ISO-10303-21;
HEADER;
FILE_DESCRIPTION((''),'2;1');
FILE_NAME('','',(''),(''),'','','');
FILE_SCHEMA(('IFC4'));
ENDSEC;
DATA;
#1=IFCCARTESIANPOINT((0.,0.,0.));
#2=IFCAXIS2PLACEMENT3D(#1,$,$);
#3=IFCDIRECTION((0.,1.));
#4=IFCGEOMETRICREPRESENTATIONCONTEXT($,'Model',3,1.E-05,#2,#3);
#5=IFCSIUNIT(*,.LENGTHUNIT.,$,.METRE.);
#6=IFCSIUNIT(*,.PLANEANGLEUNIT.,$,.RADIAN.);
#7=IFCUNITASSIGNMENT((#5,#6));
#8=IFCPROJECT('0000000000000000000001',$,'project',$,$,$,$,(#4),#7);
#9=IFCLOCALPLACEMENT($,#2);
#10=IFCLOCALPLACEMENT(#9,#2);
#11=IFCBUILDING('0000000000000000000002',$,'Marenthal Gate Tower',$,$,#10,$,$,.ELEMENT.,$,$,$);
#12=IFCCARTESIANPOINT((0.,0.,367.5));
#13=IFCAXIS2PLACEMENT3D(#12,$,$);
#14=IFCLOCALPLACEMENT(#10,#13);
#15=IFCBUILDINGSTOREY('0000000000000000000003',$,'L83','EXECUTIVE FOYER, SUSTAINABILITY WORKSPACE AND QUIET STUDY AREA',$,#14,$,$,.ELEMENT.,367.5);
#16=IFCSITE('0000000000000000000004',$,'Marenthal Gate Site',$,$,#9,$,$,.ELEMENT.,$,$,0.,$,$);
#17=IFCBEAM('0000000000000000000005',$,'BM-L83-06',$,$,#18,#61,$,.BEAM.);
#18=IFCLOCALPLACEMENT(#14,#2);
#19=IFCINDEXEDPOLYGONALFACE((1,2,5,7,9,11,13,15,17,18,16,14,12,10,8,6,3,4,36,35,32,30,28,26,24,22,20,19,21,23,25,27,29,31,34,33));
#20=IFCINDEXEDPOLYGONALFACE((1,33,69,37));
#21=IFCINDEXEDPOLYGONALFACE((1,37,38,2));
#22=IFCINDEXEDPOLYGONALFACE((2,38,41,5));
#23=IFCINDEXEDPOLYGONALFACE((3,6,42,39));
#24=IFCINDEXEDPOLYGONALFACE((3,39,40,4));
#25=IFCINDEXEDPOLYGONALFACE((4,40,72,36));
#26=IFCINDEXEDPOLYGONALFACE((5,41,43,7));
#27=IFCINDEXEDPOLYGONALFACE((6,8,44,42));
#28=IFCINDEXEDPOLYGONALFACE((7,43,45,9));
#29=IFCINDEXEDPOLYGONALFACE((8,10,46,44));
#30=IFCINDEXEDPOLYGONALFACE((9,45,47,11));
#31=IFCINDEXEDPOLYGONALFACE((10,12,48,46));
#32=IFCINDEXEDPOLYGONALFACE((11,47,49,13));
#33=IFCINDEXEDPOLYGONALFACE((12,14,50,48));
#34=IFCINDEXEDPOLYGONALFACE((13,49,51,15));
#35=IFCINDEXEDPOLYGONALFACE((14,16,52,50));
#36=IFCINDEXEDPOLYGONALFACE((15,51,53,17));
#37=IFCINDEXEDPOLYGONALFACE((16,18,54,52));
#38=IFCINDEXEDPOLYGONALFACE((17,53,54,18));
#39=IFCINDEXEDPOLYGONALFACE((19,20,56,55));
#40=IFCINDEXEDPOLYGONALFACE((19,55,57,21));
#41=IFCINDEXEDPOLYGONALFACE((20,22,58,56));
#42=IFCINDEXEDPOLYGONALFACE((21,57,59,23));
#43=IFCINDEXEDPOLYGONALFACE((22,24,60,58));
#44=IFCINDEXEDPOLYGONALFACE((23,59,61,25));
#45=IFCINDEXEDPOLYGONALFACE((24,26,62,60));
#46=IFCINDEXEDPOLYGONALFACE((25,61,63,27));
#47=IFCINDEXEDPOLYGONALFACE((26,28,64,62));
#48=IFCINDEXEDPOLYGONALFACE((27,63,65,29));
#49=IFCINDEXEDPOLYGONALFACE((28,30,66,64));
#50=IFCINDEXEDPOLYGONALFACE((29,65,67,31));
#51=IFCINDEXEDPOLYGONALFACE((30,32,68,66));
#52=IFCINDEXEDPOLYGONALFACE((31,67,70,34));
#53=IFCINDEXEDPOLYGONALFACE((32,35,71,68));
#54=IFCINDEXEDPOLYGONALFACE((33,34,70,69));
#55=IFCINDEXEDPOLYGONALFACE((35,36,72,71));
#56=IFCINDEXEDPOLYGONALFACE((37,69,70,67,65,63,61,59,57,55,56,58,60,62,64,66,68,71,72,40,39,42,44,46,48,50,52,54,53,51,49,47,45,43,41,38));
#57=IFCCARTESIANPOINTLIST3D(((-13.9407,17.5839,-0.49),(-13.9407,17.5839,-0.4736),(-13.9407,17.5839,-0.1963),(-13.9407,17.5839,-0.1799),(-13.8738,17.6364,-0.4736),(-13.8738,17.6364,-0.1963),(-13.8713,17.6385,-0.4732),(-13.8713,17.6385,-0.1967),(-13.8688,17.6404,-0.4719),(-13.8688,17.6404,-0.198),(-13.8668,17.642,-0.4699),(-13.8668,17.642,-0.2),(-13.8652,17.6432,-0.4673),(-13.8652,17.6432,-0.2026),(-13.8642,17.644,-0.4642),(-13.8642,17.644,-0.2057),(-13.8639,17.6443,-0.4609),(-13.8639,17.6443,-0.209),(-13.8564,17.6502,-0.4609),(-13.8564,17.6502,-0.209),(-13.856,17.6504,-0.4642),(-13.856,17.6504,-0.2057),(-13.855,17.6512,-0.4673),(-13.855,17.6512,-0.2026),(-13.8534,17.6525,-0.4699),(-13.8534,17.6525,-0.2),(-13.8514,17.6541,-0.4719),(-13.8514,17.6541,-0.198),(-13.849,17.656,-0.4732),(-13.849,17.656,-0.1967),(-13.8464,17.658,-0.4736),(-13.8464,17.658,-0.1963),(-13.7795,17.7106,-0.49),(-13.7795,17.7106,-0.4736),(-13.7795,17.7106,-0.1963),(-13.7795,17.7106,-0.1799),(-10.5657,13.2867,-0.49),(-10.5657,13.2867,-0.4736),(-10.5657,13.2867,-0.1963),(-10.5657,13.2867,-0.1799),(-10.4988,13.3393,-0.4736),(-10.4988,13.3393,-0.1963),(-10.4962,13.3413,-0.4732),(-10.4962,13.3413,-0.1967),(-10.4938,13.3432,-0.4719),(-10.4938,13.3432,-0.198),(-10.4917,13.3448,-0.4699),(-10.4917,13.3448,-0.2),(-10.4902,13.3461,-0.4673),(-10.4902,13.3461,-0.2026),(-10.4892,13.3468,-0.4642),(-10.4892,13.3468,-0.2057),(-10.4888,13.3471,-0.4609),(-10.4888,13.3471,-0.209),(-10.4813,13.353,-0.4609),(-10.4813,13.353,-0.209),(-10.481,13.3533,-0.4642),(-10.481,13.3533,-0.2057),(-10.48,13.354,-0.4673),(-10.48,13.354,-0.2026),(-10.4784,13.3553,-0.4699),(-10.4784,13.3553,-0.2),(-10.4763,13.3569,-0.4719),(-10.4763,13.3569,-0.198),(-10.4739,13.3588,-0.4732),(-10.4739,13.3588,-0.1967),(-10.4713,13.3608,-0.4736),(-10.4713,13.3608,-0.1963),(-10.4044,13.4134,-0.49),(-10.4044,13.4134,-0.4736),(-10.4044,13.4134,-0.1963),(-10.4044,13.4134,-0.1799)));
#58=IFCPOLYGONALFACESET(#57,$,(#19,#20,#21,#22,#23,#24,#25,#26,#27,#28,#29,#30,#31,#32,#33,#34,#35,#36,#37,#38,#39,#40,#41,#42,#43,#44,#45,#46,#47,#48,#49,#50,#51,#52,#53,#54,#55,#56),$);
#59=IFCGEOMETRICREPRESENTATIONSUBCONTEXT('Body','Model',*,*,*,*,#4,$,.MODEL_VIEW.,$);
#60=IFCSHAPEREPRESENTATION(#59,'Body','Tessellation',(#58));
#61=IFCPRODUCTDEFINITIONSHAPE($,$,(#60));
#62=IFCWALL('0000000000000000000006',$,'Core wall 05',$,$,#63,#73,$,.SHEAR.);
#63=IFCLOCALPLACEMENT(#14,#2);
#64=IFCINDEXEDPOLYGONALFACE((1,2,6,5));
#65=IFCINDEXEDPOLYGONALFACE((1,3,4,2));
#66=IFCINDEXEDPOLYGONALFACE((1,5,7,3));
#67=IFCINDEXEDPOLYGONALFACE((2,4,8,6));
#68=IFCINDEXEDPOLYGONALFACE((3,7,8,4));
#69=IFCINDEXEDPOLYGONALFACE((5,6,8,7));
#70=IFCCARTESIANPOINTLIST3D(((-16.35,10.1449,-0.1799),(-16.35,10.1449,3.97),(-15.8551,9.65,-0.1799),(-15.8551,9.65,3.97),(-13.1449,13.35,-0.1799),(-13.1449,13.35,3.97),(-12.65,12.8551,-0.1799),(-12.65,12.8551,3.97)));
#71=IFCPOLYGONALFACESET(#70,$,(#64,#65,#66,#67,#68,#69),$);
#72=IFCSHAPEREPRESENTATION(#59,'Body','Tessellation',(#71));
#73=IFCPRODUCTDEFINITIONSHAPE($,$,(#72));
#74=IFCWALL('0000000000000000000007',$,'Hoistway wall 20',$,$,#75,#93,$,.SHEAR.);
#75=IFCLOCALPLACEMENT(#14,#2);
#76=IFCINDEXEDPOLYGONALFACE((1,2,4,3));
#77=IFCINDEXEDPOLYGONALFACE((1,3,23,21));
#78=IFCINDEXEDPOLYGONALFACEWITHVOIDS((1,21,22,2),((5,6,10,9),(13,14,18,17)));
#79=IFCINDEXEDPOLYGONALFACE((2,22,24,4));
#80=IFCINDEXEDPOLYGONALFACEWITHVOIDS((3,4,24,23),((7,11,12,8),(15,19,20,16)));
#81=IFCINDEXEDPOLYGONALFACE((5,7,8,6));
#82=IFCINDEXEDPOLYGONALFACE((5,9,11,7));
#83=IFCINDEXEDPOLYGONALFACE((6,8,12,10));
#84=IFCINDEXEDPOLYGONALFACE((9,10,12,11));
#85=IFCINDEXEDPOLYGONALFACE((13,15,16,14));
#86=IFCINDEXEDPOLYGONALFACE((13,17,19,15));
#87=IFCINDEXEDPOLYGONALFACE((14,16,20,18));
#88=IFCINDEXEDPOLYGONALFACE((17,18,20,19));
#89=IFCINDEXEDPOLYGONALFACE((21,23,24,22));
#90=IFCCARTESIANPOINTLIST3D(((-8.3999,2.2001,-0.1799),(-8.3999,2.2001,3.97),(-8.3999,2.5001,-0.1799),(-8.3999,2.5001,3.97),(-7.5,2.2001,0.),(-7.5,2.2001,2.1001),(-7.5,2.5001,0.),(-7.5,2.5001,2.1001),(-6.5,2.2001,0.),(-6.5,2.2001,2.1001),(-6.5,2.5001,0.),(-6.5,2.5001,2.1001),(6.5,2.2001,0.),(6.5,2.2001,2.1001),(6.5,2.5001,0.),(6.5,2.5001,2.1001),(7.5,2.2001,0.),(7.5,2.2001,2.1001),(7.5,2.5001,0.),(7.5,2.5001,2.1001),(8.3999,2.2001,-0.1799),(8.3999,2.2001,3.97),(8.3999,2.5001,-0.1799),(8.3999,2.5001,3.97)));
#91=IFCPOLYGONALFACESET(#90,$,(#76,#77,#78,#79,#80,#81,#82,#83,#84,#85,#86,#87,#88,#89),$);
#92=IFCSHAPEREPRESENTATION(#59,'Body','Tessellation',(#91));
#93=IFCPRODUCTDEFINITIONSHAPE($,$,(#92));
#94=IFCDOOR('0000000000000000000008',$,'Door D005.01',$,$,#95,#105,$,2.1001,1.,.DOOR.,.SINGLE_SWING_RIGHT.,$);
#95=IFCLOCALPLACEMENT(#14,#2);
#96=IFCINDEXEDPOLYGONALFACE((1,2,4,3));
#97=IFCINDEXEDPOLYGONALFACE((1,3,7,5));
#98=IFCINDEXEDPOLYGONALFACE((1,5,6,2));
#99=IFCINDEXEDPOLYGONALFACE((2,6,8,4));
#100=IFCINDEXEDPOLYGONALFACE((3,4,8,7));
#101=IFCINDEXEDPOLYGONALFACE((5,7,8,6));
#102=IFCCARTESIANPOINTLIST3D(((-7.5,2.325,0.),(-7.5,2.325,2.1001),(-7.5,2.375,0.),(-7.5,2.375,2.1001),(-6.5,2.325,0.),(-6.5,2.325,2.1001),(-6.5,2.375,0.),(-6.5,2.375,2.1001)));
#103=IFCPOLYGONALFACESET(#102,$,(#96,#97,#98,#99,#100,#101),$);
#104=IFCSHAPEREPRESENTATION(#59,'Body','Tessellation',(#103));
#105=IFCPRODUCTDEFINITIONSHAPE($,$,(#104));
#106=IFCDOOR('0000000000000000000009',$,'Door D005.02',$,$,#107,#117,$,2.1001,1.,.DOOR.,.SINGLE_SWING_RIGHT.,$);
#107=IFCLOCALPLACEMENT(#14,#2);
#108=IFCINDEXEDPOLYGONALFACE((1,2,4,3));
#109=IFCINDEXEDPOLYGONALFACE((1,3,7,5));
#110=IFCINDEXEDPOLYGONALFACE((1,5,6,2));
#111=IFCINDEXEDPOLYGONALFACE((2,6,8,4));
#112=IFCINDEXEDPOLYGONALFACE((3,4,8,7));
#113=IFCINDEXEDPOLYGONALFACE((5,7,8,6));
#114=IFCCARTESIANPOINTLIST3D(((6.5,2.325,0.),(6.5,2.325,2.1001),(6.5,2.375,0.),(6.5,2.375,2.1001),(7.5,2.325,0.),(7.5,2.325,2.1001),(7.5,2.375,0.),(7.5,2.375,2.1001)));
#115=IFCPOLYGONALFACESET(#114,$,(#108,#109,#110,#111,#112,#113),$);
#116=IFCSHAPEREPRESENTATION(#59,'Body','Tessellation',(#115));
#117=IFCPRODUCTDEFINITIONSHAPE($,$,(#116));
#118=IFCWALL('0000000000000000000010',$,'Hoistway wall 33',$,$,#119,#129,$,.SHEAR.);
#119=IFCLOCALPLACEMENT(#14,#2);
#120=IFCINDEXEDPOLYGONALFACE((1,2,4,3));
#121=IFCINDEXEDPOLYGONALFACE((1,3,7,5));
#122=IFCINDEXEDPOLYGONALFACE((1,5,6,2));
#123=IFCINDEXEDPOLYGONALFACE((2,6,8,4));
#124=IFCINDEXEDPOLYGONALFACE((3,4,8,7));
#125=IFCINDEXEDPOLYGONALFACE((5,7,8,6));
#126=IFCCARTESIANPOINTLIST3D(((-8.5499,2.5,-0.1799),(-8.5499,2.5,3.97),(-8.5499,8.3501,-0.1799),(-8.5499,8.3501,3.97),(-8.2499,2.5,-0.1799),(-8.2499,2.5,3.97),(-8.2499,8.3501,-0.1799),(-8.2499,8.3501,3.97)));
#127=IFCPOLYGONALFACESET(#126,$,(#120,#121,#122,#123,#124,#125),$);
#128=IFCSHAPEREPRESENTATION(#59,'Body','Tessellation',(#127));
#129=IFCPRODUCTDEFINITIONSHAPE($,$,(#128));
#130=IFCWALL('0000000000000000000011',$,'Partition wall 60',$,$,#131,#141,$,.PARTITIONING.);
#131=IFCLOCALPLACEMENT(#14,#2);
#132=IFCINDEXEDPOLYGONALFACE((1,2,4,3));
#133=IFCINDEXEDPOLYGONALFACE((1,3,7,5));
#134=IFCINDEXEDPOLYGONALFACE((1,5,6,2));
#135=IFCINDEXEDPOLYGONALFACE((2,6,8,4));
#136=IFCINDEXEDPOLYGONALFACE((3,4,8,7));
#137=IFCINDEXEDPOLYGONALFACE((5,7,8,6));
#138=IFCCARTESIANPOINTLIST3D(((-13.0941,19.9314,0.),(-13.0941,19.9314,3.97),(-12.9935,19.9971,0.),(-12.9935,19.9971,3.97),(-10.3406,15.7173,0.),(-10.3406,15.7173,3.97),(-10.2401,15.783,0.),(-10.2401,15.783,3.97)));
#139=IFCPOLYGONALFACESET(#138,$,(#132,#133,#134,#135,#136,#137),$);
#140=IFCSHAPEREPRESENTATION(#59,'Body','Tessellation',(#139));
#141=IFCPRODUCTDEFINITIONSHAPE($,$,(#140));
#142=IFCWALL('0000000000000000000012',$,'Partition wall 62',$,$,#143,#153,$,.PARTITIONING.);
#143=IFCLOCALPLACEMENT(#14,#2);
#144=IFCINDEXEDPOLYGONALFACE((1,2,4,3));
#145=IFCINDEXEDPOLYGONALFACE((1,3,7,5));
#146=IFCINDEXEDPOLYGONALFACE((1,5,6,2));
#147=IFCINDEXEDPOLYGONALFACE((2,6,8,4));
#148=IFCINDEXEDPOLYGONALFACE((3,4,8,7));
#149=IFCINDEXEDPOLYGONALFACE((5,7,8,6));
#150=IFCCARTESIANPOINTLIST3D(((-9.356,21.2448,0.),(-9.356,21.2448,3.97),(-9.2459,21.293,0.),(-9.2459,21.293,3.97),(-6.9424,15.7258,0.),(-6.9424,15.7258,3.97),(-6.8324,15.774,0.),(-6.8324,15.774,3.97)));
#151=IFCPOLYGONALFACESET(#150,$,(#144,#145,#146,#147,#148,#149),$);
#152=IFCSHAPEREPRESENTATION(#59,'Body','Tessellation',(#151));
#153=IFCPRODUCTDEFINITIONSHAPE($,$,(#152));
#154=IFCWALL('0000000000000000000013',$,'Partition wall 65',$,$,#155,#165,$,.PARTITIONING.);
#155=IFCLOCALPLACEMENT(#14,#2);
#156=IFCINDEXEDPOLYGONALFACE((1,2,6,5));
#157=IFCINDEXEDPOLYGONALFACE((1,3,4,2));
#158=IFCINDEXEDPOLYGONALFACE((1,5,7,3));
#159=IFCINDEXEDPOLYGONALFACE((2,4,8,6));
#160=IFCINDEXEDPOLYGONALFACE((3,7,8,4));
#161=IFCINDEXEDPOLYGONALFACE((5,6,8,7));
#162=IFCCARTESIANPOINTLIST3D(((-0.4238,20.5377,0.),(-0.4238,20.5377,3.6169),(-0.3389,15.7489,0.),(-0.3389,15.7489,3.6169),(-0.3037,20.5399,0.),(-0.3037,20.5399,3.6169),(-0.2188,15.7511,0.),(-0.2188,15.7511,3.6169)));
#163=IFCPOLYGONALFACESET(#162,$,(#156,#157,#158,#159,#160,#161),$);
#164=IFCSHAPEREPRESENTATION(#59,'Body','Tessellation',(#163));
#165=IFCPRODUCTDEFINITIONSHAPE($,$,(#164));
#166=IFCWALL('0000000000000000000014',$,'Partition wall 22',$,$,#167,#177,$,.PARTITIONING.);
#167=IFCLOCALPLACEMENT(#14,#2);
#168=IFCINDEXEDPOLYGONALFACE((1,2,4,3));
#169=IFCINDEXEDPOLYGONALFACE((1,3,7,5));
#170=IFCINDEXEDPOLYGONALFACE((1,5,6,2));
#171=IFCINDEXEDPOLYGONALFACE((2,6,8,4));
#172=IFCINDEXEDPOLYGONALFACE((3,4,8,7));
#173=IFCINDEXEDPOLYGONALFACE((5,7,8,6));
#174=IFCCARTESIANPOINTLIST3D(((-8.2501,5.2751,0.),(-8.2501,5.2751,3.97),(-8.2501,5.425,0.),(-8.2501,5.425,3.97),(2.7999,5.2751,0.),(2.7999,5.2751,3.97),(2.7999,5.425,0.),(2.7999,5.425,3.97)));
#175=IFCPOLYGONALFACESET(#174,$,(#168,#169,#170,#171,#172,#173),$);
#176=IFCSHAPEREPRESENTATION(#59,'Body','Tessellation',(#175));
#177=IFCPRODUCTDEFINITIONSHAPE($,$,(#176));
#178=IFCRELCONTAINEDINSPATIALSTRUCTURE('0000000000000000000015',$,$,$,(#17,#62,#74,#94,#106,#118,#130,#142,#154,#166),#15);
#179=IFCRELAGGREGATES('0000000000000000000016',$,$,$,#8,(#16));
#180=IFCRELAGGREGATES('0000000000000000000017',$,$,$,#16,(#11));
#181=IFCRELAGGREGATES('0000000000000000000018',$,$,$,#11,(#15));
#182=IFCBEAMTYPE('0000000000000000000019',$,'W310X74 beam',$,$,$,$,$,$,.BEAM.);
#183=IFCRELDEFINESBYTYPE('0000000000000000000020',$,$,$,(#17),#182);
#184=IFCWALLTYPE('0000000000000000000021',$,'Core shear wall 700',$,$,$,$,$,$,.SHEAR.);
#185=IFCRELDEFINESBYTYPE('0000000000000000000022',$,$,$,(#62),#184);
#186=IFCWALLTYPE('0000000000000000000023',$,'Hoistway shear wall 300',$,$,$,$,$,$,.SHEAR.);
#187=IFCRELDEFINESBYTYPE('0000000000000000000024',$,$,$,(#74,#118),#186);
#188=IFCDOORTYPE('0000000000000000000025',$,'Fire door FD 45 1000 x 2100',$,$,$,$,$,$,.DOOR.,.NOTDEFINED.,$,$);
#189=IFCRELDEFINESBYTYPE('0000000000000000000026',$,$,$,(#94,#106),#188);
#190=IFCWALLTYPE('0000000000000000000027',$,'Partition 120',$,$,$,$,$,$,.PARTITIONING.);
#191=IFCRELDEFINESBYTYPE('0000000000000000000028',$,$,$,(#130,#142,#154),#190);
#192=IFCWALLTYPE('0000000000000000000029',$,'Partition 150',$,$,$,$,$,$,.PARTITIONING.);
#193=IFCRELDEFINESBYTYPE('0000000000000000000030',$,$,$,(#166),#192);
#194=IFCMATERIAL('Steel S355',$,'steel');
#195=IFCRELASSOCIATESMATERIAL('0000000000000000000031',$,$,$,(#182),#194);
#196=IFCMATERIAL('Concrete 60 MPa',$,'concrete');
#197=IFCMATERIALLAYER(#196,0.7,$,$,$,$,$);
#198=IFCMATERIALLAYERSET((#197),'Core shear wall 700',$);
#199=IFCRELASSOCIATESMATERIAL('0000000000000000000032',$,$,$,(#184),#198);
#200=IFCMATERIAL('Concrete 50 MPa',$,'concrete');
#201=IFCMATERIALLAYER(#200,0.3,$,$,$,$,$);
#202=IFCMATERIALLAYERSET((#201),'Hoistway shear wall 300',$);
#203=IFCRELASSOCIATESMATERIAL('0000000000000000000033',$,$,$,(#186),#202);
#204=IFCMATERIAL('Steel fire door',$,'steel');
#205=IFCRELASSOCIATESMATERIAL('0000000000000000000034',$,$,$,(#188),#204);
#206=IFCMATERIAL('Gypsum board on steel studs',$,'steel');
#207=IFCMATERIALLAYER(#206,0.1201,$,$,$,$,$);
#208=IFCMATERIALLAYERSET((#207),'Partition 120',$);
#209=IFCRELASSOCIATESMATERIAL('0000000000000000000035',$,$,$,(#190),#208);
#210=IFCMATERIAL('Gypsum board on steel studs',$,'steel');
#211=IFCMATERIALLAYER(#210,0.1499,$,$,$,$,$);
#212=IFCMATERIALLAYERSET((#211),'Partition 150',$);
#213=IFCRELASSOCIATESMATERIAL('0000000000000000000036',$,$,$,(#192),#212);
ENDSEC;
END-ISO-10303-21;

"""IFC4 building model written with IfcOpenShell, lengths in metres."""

from ifc_helpers import new_model, si_unit, direction, frame, frame_2d, origin, origin_2d, place, context, subcontext, project, spatial, rectangle, i_section, extrude, material, layer, layer_set, material_profile, profile_set, type_object, element, fill, save


model = new_model("IFC4")

# Units and contexts
model_context = context("Model", 3, precision=1e-05, world=origin(), true_north=direction((0.0, 1.0)))
body_context = subcontext(model_context, "Body", "Model", "MODEL_VIEW")
ifc_project = project(units=[si_unit("LENGTHUNIT", "METRE"), si_unit("PLANEANGLEUNIT", "RADIAN")], contexts=[model_context])

# Site, building, storey
site_placement = place(None, origin())
site = spatial("IfcSite", under=ifc_project, at=site_placement, Name="Marenthal Gate Site", CompositionType="ELEMENT", RefElevation=0.0)
building_placement = place(site_placement, origin())
building = spatial("IfcBuilding", under=site, at=building_placement, Name="Marenthal Gate Tower", CompositionType="ELEMENT")
storey_placement = place(building_placement, frame((0.0, 0.0, 367.5)))
storey = spatial("IfcBuildingStorey", under=building, at=storey_placement, Name="L83", Description="EXECUTIVE FOYER, SUSTAINABILITY WORKSPACE AND QUIET STUDY AREA", CompositionType="ELEMENT", Elevation=367.5)

# Beam
ifc_material_1 = material(Name="Steel S355", Category="steel")
ifc_material_profile = material_profile(ifc_material_1, i_section(OverallWidth=0.2051, OverallDepth=0.3101, WebThickness=0.0095, FlangeThickness=0.0164, FilletRadius=0.0127, at=origin_2d()), Name="W310X74")
ifc_profile_set = profile_set([ifc_material_profile], Name="Steel S355")
beam_type = type_object("IfcBeamType", Name="W310X74 beam", PredefinedType="BEAM", material=ifc_profile_set)
beam_placement = place(storey_placement, frame((-13.8601, 17.6472, -0.335), z_axis=(0.617674, -0.786435, 0.0), x_axis=(0.786435, 0.617674, 0.0)))
element("IfcBeam", 1, at=beam_placement, inside=storey, type_object=beam_type, Name="BM-L83-06", PredefinedType="BEAM", context=body_context, shape_type="SweptSolid", body=[
    extrude(i_section(OverallWidth=0.2051, OverallDepth=0.3101, WebThickness=0.0095, FlangeThickness=0.0164, FilletRadius=0.0127, at=origin_2d()), origin(), (0.0, 0.0, 1.0), 5.4641),
])

# Wall
ifc_material_2 = material(Name="Concrete 60 MPa", Category="concrete")
ifc_layer_1 = layer(ifc_material_2, 0.7)
ifc_layer_set_1 = layer_set([ifc_layer_1], Name="Core shear wall 700")
wall_type_1 = type_object("IfcWallType", Name="Core shear wall 700", PredefinedType="SHEAR", material=ifc_layer_set_1)
wall_1_placement = place(storey_placement, frame((-12.8975, 13.1025, -0.1799), z_axis=(0.0, 0.0, 1.0), x_axis=(-0.707107, -0.707107, 0.0)))
element("IfcWall", 2, at=wall_1_placement, inside=storey, type_object=wall_type_1, Name="Core wall 05", PredefinedType="SHEAR", context=body_context, shape_type="SweptSolid", body=[
    extrude(rectangle(XDim=4.5327, YDim=0.7, at=frame_2d((2.2664, 0.0))), origin(), (0.0, 0.0, 1.0), 4.1499),
])

# Wall, openings, doors
ifc_material_3 = material(Name="Concrete 50 MPa", Category="concrete")
ifc_layer_2 = layer(ifc_material_3, 0.3)
ifc_layer_set_2 = layer_set([ifc_layer_2], Name="Hoistway shear wall 300")
wall_type_2 = type_object("IfcWallType", Name="Hoistway shear wall 300", PredefinedType="SHEAR", material=ifc_layer_set_2)
wall_2_placement = place(storey_placement, frame((-8.3999, 2.3501, -0.1799), z_axis=(0.0, 0.0, 1.0), x_axis=(1.0, 0.0, 0.0)))
wall_2 = element("IfcWall", 3, at=wall_2_placement, inside=storey, type_object=wall_type_2, Name="Hoistway wall 20", PredefinedType="SHEAR", context=body_context, shape_type="SweptSolid", body=[
    extrude(rectangle(XDim=16.7998, YDim=0.3, at=frame_2d((8.3999, 0.0))), origin(), (0.0, 0.0, 1.0), 4.1499),
])
opening_1_placement = place(wall_2_placement, frame((0.8999, 0.0, 0.1799)))
opening_1 = element("IfcOpeningElement", 4, at=opening_1_placement, cuts=wall_2, PredefinedType="OPENING", context=body_context, shape_type="SweptSolid", body=[
    extrude(rectangle(XDim=1.0, YDim=2.1001, at=frame_2d((0.5, 1.05))), frame((0.0, 0.1602, 0.0), z_axis=(0.0, -1.0, 0.0), x_axis=(1.0, 0.0, 0.0)), (0.0, 0.0, 1.0), 0.3201),
])
opening_2_placement = place(wall_2_placement, frame((14.8999, 0.0, 0.1799)))
opening_2 = element("IfcOpeningElement", 5, at=opening_2_placement, cuts=wall_2, PredefinedType="OPENING", context=body_context, shape_type="SweptSolid", body=[
    extrude(rectangle(XDim=1.0, YDim=2.1001, at=frame_2d((0.5, 1.05))), frame((0.0, 0.1602, 0.0), z_axis=(0.0, -1.0, 0.0), x_axis=(1.0, 0.0, 0.0)), (0.0, 0.0, 1.0), 0.3201),
])
ifc_material_4 = material(Name="Steel fire door", Category="steel")
door_type_1 = type_object("IfcDoorType", Name="Fire door FD 45 1000 x 2100", OperationType="NOTDEFINED", PredefinedType="DOOR", material=ifc_material_4)
door_1_placement = place(opening_1_placement, origin())
door_1 = element("IfcDoor", 6, at=door_1_placement, inside=storey, type_object=door_type_1, Name="Door D005.01", OperationType="SINGLE_SWING_RIGHT", OverallHeight=2.1001, OverallWidth=1.0, PredefinedType="DOOR", context=body_context, shape_type="SweptSolid", body=[
    extrude(rectangle(XDim=1.0, YDim=2.1001, at=frame_2d((0.5, 1.05))), frame((0.0, 0.0249, 0.0), z_axis=(0.0, -1.0, 0.0), x_axis=(1.0, 0.0, 0.0)), (0.0, 0.0, 1.0), 0.05),
])
fill(opening_1, door_1)
door_2_placement = place(opening_2_placement, origin())
door_2 = element("IfcDoor", 7, at=door_2_placement, inside=storey, type_object=door_type_1, Name="Door D005.02", OperationType="SINGLE_SWING_RIGHT", OverallHeight=2.1001, OverallWidth=1.0, PredefinedType="DOOR", context=body_context, shape_type="SweptSolid", body=[
    extrude(rectangle(XDim=1.0, YDim=2.1001, at=frame_2d((0.5, 1.05))), frame((0.0, 0.0249, 0.0), z_axis=(0.0, -1.0, 0.0), x_axis=(1.0, 0.0, 0.0)), (0.0, 0.0, 1.0), 0.05),
])
fill(opening_2, door_2)

# Walls
wall_3_placement = place(storey_placement, frame((-8.3999, 2.5, -0.1799), z_axis=(0.0, 0.0, 1.0), x_axis=(0.0, 1.0, 0.0)))
element("IfcWall", 8, at=wall_3_placement, inside=storey, type_object=wall_type_2, Name="Hoistway wall 33", PredefinedType="SHEAR", context=body_context, shape_type="SweptSolid", body=[
    extrude(rectangle(XDim=5.8501, YDim=0.3, at=frame_2d((2.925, 0.0))), origin(), (0.0, 0.0, 1.0), 4.1499),
])
ifc_material_5 = material(Name="Gypsum board on steel studs", Category="steel")
ifc_layer_3 = layer(ifc_material_5, 0.1201)
ifc_layer_set_3 = layer_set([ifc_layer_3], Name="Partition 120")
wall_type_3 = type_object("IfcWallType", Name="Partition 120", PredefinedType="PARTITIONING", material=ifc_layer_set_3)
wall_4_placement = place(storey_placement, frame((-10.2903, 15.75, 0.0), z_axis=(0.0, 0.0, 1.0), x_axis=(-0.546976, 0.837148, 0.0)))
element("IfcWall", 9, at=wall_4_placement, inside=storey, type_object=wall_type_3, Name="Partition wall 60", PredefinedType="PARTITIONING", context=body_context, shape_type="SweptSolid", body=[
    extrude(rectangle(XDim=5.0339, YDim=0.1201, at=frame_2d((2.5171, 0.0))), origin(), (0.0, 0.0, 1.0), 3.97),
])
wall_5_placement = place(storey_placement, frame((-6.8875, 15.75, 0.0), z_axis=(0.0, 0.0, 1.0), x_axis=(-0.400679, 0.916219, 0.0)))
element("IfcWall", 10, at=wall_5_placement, inside=storey, type_object=wall_type_3, Name="Partition wall 62", PredefinedType="PARTITIONING", context=body_context, shape_type="SweptSolid", body=[
    extrude(rectangle(XDim=6.0237, YDim=0.1201, at=frame_2d((3.0117, 0.0))), origin(), (0.0, 0.0, 1.0), 3.97),
])
wall_6_placement = place(storey_placement, frame((-0.2788, 15.75, 0.0), z_axis=(0.0, 0.0, 1.0), x_axis=(-0.017739, 0.999843, 0.0)))
element("IfcWall", 11, at=wall_6_placement, inside=storey, type_object=wall_type_3, Name="Partition wall 65", PredefinedType="PARTITIONING", context=body_context, shape_type="SweptSolid", body=[
    extrude(rectangle(XDim=4.7896, YDim=0.1201, at=frame_2d((2.3948, 0.0))), origin(), (0.0, 0.0, 1.0), 3.6169),
])
ifc_material_6 = material(Name="Gypsum board on steel studs", Category="steel")
ifc_layer_4 = layer(ifc_material_6, 0.1499)
ifc_layer_set_4 = layer_set([ifc_layer_4], Name="Partition 150")
wall_type_4 = type_object("IfcWallType", Name="Partition 150", PredefinedType="PARTITIONING", material=ifc_layer_set_4)
wall_7_placement = place(storey_placement, frame((-8.25, 5.3501, 0.0), z_axis=(0.0, 0.0, 1.0), x_axis=(1.0, 0.0, 0.0)))
element("IfcWall", 12, at=wall_7_placement, inside=storey, type_object=wall_type_4, Name="Partition wall 22", PredefinedType="PARTITIONING", context=body_context, shape_type="SweptSolid", body=[
    extrude(rectangle(XDim=11.05, YDim=0.1499, at=frame_2d((5.5249, 0.0))), origin(), (0.0, 0.0, 1.0), 3.97),
])

save(model, "model.ifc")
